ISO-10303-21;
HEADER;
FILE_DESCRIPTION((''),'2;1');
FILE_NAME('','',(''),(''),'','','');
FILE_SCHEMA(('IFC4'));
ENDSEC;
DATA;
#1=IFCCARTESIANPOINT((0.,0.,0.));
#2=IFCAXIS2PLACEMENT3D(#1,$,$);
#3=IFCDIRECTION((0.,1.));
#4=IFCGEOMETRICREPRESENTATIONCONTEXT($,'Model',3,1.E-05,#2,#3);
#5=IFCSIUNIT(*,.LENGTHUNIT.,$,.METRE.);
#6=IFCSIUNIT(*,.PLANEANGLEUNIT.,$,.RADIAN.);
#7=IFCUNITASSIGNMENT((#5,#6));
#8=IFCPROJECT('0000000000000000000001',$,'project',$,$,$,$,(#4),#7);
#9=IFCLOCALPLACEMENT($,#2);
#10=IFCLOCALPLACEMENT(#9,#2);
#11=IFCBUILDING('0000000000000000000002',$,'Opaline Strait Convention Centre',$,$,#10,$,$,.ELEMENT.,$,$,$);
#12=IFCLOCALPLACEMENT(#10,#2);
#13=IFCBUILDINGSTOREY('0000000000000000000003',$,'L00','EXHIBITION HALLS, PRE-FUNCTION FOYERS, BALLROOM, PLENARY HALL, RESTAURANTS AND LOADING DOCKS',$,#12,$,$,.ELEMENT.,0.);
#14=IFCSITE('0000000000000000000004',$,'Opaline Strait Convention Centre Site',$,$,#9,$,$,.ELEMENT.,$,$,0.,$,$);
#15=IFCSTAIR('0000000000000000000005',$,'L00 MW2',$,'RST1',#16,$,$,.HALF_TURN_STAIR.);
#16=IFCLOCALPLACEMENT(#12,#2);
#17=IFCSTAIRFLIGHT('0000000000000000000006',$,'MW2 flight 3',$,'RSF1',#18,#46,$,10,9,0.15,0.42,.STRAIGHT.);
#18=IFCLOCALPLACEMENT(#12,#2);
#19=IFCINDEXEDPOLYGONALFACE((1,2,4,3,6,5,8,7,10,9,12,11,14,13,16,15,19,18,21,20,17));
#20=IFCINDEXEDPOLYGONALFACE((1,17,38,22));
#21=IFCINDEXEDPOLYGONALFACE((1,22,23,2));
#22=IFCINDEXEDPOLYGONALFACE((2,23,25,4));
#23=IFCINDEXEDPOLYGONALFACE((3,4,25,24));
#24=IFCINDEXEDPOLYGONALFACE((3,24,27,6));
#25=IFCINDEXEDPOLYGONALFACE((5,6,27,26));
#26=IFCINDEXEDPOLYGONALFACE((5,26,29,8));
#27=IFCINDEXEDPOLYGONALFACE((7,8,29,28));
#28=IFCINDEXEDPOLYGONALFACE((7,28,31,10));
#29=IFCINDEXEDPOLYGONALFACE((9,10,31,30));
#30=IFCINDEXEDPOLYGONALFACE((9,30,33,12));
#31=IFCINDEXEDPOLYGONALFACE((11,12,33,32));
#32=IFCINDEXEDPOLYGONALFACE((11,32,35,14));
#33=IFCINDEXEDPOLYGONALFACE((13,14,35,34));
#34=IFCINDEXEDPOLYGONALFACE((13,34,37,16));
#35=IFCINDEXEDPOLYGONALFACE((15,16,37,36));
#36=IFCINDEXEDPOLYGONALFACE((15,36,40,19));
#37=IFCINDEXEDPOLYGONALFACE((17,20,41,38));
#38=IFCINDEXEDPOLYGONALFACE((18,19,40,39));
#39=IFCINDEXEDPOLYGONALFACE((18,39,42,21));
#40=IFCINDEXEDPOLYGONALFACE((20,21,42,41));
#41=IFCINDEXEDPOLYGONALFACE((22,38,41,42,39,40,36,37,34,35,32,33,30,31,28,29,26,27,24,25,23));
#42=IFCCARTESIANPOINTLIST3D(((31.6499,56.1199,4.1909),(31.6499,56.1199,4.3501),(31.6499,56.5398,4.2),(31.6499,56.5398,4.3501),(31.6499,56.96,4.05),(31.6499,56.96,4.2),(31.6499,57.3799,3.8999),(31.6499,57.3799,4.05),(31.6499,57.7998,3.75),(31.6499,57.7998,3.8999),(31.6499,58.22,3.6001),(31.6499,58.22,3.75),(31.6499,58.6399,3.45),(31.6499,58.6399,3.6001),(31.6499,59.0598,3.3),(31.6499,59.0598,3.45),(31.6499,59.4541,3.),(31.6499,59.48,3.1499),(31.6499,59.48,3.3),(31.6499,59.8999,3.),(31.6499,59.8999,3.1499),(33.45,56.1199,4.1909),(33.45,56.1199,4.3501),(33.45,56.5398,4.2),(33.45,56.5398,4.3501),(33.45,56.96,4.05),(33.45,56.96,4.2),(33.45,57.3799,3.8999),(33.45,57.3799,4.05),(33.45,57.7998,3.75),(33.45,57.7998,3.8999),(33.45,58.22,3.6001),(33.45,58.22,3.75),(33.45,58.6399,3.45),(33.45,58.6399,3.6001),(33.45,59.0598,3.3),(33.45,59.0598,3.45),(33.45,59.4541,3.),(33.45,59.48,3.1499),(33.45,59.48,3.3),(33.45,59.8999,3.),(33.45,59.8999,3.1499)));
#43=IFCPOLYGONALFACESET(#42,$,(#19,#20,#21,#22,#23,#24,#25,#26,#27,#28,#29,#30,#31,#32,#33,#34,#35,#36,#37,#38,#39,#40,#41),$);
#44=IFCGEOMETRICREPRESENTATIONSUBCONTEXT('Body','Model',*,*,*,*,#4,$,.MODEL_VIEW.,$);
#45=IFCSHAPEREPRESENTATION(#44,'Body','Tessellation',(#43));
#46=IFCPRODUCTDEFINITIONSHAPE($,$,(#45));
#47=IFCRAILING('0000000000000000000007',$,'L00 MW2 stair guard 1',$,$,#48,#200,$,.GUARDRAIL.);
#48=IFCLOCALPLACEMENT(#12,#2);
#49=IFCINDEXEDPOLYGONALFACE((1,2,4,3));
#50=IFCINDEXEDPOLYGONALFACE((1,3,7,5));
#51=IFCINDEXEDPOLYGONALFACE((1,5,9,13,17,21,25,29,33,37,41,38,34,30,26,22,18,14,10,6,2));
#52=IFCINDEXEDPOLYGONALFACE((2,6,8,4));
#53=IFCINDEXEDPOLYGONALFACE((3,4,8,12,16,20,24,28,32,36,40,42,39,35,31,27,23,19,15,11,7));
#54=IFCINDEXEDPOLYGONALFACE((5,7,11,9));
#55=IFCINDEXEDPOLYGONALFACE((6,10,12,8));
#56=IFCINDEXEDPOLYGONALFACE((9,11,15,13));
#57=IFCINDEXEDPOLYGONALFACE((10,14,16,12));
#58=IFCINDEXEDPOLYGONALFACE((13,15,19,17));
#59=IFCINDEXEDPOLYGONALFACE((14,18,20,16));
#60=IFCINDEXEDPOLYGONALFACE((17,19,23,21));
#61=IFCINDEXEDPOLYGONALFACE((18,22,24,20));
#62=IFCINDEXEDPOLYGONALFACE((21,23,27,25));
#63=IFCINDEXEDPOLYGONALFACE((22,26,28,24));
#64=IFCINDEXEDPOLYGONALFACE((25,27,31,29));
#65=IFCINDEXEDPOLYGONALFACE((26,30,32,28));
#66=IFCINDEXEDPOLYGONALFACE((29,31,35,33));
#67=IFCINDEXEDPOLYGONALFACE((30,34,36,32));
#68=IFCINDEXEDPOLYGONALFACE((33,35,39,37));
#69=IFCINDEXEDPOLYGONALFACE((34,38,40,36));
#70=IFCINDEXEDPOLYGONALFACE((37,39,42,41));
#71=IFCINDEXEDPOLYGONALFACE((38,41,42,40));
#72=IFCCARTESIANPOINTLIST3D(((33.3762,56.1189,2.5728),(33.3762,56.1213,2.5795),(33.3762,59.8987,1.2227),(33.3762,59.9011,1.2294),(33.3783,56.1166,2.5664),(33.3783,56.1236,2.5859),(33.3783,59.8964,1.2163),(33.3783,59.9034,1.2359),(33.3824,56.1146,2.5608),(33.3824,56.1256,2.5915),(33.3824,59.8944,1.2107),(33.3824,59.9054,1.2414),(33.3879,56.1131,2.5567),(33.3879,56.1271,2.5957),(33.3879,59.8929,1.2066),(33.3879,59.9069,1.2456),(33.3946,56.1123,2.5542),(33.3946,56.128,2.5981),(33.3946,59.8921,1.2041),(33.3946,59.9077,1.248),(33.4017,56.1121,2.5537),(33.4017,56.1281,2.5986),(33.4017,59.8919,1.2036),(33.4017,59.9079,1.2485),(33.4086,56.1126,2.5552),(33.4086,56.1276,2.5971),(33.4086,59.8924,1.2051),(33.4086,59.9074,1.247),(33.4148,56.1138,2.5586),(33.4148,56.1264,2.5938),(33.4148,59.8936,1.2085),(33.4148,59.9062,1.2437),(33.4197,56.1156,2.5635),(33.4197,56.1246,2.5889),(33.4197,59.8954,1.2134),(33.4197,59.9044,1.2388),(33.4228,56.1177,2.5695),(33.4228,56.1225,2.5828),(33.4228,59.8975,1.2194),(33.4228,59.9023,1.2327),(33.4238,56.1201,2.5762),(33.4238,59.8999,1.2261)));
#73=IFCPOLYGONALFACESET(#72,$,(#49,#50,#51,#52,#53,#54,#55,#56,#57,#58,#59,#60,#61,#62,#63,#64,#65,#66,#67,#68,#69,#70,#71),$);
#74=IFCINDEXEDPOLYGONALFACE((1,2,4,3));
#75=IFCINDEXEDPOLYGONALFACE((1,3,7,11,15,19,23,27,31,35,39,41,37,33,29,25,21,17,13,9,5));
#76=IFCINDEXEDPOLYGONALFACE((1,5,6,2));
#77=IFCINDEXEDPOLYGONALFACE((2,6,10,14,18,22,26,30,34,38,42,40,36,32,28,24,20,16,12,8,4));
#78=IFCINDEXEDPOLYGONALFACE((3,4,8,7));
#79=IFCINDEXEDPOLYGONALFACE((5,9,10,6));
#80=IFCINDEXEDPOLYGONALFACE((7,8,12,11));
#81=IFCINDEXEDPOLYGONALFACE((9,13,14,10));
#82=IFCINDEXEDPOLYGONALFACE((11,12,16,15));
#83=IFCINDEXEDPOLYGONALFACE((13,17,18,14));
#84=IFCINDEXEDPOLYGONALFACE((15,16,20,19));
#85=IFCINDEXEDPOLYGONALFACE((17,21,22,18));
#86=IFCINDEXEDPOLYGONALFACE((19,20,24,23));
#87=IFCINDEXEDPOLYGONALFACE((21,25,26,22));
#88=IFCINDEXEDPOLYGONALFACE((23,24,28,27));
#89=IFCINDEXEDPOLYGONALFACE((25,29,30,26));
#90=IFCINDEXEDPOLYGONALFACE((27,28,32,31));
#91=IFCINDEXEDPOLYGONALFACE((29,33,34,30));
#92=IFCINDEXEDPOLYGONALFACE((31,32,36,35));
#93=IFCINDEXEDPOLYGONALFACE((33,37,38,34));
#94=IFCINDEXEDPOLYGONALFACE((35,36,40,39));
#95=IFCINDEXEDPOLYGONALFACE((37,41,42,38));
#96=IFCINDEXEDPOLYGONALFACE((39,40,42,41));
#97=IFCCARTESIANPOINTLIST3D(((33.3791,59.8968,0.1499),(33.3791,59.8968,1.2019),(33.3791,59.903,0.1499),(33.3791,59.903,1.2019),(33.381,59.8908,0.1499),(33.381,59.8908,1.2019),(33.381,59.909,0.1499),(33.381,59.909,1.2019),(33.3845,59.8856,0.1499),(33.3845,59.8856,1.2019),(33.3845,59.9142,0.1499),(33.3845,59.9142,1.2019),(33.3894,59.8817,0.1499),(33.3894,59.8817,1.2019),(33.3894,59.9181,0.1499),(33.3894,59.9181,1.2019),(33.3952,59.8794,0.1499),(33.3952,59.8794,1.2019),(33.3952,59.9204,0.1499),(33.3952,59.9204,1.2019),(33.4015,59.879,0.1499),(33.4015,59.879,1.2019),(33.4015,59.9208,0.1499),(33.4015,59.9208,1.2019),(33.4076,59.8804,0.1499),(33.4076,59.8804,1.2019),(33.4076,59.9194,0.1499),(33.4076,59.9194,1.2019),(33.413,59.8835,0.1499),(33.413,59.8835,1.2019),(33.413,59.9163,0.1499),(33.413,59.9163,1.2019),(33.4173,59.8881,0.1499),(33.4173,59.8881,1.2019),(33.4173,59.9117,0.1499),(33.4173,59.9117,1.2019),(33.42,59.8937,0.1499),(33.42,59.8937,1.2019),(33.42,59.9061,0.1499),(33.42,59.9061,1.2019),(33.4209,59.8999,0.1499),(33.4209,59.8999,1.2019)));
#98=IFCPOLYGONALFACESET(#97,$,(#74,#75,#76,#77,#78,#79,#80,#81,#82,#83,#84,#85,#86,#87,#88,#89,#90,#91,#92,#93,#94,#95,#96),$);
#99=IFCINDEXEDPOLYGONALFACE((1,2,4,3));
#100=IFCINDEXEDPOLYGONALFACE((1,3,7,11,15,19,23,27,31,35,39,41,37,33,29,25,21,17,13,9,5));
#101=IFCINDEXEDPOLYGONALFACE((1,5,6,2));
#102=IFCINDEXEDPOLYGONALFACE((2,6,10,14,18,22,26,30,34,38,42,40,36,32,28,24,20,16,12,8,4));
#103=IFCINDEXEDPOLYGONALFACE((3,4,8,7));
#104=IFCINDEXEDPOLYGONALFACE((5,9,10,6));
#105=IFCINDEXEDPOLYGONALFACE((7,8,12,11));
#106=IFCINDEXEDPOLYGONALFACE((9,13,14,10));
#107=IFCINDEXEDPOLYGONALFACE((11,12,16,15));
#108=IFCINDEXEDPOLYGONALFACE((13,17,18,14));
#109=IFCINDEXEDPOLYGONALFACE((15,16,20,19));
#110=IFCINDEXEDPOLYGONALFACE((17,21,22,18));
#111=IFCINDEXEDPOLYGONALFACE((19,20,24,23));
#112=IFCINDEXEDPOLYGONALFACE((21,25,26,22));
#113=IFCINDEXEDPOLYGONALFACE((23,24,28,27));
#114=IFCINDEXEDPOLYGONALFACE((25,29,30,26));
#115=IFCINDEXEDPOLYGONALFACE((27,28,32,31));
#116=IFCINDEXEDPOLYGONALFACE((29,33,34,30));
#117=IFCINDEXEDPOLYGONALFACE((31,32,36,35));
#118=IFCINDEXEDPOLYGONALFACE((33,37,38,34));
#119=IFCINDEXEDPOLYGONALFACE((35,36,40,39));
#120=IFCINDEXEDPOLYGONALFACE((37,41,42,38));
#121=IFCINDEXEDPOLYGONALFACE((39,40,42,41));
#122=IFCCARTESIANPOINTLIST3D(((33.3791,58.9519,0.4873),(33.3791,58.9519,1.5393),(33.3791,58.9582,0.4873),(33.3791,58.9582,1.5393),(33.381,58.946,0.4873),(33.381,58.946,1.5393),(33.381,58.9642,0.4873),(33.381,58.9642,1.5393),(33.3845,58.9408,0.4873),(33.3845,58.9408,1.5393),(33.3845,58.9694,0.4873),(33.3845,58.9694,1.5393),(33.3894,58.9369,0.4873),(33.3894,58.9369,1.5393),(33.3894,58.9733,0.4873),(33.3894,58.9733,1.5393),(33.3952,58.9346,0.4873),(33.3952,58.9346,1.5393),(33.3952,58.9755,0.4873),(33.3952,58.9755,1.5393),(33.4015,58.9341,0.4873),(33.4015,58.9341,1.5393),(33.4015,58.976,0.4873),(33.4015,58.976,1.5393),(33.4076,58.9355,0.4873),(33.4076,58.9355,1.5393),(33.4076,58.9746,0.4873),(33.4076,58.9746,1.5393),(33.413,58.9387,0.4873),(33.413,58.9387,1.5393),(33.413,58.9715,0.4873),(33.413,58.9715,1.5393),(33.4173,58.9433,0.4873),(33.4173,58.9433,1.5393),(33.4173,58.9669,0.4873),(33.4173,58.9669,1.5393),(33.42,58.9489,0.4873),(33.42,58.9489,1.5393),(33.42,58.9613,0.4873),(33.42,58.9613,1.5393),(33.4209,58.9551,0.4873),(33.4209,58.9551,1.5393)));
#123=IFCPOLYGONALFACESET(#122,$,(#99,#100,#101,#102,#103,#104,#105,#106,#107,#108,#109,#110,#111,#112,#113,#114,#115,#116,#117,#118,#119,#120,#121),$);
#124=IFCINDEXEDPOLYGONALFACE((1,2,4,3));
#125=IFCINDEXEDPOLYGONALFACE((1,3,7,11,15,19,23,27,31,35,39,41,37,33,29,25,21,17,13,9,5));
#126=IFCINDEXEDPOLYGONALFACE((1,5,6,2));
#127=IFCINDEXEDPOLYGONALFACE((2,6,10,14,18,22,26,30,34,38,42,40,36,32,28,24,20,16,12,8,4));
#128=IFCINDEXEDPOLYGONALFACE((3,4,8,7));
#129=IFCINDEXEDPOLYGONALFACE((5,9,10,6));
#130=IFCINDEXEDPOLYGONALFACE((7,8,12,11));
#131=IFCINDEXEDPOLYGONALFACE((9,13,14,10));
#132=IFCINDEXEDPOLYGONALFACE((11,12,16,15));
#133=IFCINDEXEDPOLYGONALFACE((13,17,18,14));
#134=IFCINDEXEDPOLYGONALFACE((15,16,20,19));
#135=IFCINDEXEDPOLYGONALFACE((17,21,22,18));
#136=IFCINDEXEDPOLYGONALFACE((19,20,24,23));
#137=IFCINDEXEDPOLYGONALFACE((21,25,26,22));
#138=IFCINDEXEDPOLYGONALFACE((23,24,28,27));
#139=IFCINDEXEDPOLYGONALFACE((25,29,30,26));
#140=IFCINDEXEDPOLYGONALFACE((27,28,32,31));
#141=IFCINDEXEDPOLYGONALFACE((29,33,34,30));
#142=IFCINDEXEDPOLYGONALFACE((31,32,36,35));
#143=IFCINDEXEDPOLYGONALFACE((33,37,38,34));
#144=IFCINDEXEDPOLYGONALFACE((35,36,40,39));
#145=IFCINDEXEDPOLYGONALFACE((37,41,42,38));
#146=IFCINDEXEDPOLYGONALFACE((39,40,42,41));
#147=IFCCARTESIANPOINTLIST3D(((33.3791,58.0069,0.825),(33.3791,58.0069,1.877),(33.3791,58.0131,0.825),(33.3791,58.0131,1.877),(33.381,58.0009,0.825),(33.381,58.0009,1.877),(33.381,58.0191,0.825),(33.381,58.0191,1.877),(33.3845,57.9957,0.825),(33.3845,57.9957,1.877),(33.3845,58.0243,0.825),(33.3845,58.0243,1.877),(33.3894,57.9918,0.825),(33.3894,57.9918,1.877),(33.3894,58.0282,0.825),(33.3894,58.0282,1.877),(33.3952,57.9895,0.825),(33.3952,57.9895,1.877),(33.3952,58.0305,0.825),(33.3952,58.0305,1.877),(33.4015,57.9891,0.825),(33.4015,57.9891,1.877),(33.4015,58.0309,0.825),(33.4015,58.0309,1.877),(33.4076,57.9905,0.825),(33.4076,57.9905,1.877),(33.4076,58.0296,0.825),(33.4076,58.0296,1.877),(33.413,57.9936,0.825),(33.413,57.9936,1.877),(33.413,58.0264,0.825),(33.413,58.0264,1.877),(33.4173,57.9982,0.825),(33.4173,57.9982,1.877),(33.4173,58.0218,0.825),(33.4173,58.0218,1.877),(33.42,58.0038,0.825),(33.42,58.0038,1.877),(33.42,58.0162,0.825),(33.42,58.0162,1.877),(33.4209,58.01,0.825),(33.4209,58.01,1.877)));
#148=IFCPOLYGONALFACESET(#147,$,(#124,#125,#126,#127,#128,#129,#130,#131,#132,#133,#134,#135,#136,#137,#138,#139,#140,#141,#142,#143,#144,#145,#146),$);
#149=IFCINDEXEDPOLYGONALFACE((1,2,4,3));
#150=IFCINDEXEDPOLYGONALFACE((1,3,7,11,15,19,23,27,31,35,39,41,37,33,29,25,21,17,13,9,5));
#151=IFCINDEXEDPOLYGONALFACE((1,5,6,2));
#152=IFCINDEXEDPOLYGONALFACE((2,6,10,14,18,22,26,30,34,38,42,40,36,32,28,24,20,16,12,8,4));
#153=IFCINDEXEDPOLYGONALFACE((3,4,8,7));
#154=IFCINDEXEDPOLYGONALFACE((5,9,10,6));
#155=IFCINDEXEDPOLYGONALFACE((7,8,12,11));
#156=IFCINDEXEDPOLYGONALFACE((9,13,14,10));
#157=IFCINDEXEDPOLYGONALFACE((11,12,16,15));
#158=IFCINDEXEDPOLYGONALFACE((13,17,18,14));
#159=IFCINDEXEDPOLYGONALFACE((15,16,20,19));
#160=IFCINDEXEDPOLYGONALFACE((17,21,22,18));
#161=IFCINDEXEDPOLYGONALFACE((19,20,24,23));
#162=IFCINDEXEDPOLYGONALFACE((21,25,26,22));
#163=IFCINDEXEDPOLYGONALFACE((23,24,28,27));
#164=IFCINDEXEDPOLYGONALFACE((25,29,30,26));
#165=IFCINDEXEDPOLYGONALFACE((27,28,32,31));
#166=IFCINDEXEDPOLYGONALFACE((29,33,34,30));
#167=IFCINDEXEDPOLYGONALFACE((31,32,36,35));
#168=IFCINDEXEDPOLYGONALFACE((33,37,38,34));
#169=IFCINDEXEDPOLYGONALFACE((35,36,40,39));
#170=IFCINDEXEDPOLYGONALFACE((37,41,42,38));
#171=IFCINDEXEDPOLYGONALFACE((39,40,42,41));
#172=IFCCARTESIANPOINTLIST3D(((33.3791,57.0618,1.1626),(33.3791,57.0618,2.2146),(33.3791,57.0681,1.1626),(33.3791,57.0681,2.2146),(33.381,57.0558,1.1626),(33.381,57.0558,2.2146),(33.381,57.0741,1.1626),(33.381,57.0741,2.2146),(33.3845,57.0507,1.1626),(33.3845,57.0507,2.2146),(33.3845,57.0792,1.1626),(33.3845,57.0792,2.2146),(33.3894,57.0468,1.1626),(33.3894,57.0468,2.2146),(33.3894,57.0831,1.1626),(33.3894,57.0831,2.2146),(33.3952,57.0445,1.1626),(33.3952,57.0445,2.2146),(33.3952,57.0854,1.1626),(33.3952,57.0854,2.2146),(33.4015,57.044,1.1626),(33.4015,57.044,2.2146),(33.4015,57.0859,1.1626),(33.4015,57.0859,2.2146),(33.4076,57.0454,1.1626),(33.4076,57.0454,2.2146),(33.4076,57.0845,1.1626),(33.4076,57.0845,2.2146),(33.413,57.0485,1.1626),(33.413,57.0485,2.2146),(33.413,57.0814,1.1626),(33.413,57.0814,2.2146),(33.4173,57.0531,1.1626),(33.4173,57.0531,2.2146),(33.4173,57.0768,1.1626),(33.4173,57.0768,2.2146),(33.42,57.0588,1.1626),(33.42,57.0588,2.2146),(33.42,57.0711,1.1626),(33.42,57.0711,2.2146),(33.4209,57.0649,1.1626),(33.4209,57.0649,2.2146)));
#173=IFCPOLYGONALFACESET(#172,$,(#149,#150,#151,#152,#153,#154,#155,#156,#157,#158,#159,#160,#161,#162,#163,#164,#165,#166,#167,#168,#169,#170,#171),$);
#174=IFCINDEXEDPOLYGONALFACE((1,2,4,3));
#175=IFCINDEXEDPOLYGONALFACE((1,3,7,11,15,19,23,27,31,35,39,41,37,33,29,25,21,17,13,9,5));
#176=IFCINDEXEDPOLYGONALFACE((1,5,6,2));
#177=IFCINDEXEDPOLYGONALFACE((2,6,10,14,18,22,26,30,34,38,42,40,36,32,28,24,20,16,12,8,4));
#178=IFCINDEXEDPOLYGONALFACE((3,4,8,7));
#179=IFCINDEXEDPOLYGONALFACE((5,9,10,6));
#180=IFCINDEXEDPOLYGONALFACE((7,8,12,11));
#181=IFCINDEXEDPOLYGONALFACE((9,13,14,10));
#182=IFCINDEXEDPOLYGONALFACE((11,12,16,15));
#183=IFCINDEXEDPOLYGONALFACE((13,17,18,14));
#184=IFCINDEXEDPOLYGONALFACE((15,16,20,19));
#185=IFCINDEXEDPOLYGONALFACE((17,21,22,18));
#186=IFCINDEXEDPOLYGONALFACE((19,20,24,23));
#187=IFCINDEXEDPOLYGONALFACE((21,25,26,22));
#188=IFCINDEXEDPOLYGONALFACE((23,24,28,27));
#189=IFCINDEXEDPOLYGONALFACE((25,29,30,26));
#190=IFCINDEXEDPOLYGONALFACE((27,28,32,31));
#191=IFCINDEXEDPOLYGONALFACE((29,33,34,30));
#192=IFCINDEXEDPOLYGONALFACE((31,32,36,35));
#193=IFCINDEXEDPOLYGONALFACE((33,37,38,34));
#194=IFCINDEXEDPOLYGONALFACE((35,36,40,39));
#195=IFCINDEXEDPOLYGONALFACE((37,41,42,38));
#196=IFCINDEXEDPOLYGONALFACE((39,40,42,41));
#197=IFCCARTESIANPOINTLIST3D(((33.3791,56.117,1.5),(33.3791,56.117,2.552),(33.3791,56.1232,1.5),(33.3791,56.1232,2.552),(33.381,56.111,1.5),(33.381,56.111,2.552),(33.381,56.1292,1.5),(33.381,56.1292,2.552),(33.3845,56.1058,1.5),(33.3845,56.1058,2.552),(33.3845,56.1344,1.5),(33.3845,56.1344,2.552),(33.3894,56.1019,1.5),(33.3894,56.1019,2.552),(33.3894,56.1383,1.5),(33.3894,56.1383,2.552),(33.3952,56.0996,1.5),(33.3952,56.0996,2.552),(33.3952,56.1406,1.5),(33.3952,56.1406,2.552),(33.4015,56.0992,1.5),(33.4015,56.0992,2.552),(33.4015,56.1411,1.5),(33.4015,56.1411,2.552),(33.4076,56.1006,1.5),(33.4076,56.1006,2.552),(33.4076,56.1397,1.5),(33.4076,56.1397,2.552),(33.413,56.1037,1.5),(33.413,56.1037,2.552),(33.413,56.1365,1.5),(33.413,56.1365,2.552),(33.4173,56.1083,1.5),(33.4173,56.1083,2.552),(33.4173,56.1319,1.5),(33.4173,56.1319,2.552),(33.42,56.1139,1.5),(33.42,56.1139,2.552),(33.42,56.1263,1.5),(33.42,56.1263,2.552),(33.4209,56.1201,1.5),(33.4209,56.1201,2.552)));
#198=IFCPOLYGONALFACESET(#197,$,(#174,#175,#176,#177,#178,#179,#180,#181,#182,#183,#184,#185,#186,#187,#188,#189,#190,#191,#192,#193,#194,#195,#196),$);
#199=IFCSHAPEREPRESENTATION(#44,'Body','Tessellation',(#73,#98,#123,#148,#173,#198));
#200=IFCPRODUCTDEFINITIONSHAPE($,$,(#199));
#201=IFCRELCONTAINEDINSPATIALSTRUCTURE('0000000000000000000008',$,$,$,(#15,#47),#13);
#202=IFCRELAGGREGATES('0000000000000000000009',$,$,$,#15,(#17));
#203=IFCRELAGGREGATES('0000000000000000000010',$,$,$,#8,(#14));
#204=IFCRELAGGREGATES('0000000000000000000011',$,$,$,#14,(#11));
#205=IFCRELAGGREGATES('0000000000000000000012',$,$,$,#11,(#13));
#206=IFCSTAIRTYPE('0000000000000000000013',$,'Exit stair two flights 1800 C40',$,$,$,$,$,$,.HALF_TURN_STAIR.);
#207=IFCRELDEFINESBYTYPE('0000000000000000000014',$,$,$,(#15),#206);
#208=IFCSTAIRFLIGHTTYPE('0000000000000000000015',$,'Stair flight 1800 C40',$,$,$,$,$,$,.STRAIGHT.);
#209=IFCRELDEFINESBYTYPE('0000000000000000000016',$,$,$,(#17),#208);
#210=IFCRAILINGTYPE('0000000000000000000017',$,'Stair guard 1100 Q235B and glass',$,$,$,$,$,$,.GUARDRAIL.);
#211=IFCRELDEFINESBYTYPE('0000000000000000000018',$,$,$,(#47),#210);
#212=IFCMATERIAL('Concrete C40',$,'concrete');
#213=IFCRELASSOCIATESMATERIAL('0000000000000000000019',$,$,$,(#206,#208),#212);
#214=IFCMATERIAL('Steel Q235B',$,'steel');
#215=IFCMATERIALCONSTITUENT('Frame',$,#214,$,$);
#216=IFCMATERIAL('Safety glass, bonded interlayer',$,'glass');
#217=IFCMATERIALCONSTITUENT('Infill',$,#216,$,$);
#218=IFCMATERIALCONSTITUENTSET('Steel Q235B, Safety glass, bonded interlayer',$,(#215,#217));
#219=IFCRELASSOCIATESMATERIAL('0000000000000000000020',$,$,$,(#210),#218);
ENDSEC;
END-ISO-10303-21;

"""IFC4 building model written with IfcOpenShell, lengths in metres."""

from ifc_helpers import new_model, si_unit, direction, frame, origin, origin_2d, place, context, subcontext, project, spatial, polyline, circle, outline, extrude, material, constituent, constituent_set, type_object, element, aggregate, save


model = new_model("IFC4")

# Units and contexts
model_context = context("Model", 3, precision=1e-05, world=origin(), true_north=direction((0.0, 1.0)))
body_context = subcontext(model_context, "Body", "Model", "MODEL_VIEW")
ifc_project = project(units=[si_unit("LENGTHUNIT", "METRE"), si_unit("PLANEANGLEUNIT", "RADIAN")], contexts=[model_context])

# Site, building, storey
site_placement = place(None, origin())
site = spatial("IfcSite", under=ifc_project, at=site_placement, Name="Opaline Strait Convention Centre Site", CompositionType="ELEMENT", RefElevation=0.0)
building_placement = place(site_placement, origin())
building = spatial("IfcBuilding", under=site, at=building_placement, Name="Opaline Strait Convention Centre", CompositionType="ELEMENT")
storey_placement = place(building_placement, origin())
storey = spatial("IfcBuildingStorey", under=building, at=storey_placement, Name="L00", Description="EXHIBITION HALLS, PRE-FUNCTION FOYERS, BALLROOM, PLENARY HALL, RESTAURANTS AND LOADING DOCKS", CompositionType="ELEMENT", Elevation=0.0)

# Shared definitions
ifc_material_1 = material(Name="Concrete C40", Category="concrete")

# Stair, stair flight
stair_type = type_object("IfcStairType", Name="Exit stair two flights 1800 C40", PredefinedType="HALF_TURN_STAIR", material=ifc_material_1)
stair_placement = place(storey_placement, origin())
stair = element("IfcStair", 1, at=stair_placement, inside=storey, type_object=stair_type, Name="L00 MW2", ObjectType="RST1", PredefinedType="HALF_TURN_STAIR")
stair_flight_type = type_object("IfcStairFlightType", Name="Stair flight 1800 C40", PredefinedType="STRAIGHT", material=ifc_material_1)
stair_flight_1_placement = place(storey_placement, frame((32.55, 59.8999, 3.0), z_axis=(0.0, 0.0, 1.0), x_axis=(0.0, -1.0, 0.0)))
stair_flight_1 = element("IfcStairFlight", 2, at=stair_flight_1_placement, type_object=stair_flight_type, Name="MW2 flight 3", ObjectType="RSF1", NumberOfRisers=10, NumberOfTreads=9, PredefinedType="STRAIGHT", RiserHeight=0.15, TreadLength=0.42, context=body_context, shape_type="SweptSolid", body=[
    extrude(outline(polyline([(0.0, 0.0), (0.0, 0.1499), (0.4199, 0.1499), (0.4199, 0.3), (0.8401, 0.3), (0.8401, 0.45), (1.26, 0.45), (1.26, 0.6001), (1.6799, 0.6001), (1.6799, 0.75), (2.1001, 0.75), (2.1001, 0.8999), (2.52, 0.8999), (2.52, 1.05), (2.9399, 1.05), (2.9399, 1.2), (3.3601, 1.2), (3.3601, 1.3501), (3.78, 1.3501), (3.78, 1.5), (3.78, 1.1909), (0.4458, 0.0), (0.0, 0.0)])), frame((0.0, 0.8999, 0.0), z_axis=(0.0, -1.0, 0.0), x_axis=(1.0, 0.0, 0.0)), (0.0, 0.0, 1.0), 1.8),
])
aggregate(stair, [stair_flight_1])

# Railing
ifc_material_2 = material(Name="Steel Q235B", Category="steel")
ifc_constituent_1 = constituent(ifc_material_2, Name="Frame")
ifc_material_3 = material(Name="Safety glass, bonded interlayer", Category="glass")
ifc_constituent_2 = constituent(ifc_material_3, Name="Infill")
ifc_constituent_set = constituent_set(constituents=[ifc_constituent_1, ifc_constituent_2], Name="Steel Q235B, Safety glass, bonded interlayer")
railing_type_1 = type_object("IfcRailingType", Name="Stair guard 1100 Q235B and glass", PredefinedType="GUARDRAIL", material=ifc_constituent_set)
railing_1_placement = place(storey_placement, frame((33.3999, 59.8999, 0.1499)))
element("IfcRailing", 3, at=railing_1_placement, inside=storey, type_object=railing_type_1, Name="L00 MW2 stair guard 1", PredefinedType="GUARDRAIL", context=body_context, shape_type="SweptSolid", body=[
    extrude(circle(Radius=0.0239, at=origin_2d()), frame((0.0, 0.0, 1.0762), z_axis=(0.0, -0.941728, 0.336375), x_axis=(1.0, 0.0, 0.0)), (0.0, 0.0, 1.0), 4.0137),
    extrude(circle(Radius=0.021, at=origin_2d()), origin(), (0.0, 0.0, 1.0), 1.052),
    extrude(circle(Radius=0.021, at=origin_2d()), frame((0.0, -0.9448, 0.3374)), (0.0, 0.0, 1.0), 1.052),
    extrude(circle(Radius=0.021, at=origin_2d()), frame((0.0, -1.8899, 0.675)), (0.0, 0.0, 1.0), 1.052),
    extrude(circle(Radius=0.021, at=origin_2d()), frame((0.0, -2.835, 1.0127)), (0.0, 0.0, 1.0), 1.052),
    extrude(circle(Radius=0.021, at=origin_2d()), frame((0.0, -3.7798, 1.3501)), (0.0, 0.0, 1.0), 1.052),
])

save(model, "model.ifc")
